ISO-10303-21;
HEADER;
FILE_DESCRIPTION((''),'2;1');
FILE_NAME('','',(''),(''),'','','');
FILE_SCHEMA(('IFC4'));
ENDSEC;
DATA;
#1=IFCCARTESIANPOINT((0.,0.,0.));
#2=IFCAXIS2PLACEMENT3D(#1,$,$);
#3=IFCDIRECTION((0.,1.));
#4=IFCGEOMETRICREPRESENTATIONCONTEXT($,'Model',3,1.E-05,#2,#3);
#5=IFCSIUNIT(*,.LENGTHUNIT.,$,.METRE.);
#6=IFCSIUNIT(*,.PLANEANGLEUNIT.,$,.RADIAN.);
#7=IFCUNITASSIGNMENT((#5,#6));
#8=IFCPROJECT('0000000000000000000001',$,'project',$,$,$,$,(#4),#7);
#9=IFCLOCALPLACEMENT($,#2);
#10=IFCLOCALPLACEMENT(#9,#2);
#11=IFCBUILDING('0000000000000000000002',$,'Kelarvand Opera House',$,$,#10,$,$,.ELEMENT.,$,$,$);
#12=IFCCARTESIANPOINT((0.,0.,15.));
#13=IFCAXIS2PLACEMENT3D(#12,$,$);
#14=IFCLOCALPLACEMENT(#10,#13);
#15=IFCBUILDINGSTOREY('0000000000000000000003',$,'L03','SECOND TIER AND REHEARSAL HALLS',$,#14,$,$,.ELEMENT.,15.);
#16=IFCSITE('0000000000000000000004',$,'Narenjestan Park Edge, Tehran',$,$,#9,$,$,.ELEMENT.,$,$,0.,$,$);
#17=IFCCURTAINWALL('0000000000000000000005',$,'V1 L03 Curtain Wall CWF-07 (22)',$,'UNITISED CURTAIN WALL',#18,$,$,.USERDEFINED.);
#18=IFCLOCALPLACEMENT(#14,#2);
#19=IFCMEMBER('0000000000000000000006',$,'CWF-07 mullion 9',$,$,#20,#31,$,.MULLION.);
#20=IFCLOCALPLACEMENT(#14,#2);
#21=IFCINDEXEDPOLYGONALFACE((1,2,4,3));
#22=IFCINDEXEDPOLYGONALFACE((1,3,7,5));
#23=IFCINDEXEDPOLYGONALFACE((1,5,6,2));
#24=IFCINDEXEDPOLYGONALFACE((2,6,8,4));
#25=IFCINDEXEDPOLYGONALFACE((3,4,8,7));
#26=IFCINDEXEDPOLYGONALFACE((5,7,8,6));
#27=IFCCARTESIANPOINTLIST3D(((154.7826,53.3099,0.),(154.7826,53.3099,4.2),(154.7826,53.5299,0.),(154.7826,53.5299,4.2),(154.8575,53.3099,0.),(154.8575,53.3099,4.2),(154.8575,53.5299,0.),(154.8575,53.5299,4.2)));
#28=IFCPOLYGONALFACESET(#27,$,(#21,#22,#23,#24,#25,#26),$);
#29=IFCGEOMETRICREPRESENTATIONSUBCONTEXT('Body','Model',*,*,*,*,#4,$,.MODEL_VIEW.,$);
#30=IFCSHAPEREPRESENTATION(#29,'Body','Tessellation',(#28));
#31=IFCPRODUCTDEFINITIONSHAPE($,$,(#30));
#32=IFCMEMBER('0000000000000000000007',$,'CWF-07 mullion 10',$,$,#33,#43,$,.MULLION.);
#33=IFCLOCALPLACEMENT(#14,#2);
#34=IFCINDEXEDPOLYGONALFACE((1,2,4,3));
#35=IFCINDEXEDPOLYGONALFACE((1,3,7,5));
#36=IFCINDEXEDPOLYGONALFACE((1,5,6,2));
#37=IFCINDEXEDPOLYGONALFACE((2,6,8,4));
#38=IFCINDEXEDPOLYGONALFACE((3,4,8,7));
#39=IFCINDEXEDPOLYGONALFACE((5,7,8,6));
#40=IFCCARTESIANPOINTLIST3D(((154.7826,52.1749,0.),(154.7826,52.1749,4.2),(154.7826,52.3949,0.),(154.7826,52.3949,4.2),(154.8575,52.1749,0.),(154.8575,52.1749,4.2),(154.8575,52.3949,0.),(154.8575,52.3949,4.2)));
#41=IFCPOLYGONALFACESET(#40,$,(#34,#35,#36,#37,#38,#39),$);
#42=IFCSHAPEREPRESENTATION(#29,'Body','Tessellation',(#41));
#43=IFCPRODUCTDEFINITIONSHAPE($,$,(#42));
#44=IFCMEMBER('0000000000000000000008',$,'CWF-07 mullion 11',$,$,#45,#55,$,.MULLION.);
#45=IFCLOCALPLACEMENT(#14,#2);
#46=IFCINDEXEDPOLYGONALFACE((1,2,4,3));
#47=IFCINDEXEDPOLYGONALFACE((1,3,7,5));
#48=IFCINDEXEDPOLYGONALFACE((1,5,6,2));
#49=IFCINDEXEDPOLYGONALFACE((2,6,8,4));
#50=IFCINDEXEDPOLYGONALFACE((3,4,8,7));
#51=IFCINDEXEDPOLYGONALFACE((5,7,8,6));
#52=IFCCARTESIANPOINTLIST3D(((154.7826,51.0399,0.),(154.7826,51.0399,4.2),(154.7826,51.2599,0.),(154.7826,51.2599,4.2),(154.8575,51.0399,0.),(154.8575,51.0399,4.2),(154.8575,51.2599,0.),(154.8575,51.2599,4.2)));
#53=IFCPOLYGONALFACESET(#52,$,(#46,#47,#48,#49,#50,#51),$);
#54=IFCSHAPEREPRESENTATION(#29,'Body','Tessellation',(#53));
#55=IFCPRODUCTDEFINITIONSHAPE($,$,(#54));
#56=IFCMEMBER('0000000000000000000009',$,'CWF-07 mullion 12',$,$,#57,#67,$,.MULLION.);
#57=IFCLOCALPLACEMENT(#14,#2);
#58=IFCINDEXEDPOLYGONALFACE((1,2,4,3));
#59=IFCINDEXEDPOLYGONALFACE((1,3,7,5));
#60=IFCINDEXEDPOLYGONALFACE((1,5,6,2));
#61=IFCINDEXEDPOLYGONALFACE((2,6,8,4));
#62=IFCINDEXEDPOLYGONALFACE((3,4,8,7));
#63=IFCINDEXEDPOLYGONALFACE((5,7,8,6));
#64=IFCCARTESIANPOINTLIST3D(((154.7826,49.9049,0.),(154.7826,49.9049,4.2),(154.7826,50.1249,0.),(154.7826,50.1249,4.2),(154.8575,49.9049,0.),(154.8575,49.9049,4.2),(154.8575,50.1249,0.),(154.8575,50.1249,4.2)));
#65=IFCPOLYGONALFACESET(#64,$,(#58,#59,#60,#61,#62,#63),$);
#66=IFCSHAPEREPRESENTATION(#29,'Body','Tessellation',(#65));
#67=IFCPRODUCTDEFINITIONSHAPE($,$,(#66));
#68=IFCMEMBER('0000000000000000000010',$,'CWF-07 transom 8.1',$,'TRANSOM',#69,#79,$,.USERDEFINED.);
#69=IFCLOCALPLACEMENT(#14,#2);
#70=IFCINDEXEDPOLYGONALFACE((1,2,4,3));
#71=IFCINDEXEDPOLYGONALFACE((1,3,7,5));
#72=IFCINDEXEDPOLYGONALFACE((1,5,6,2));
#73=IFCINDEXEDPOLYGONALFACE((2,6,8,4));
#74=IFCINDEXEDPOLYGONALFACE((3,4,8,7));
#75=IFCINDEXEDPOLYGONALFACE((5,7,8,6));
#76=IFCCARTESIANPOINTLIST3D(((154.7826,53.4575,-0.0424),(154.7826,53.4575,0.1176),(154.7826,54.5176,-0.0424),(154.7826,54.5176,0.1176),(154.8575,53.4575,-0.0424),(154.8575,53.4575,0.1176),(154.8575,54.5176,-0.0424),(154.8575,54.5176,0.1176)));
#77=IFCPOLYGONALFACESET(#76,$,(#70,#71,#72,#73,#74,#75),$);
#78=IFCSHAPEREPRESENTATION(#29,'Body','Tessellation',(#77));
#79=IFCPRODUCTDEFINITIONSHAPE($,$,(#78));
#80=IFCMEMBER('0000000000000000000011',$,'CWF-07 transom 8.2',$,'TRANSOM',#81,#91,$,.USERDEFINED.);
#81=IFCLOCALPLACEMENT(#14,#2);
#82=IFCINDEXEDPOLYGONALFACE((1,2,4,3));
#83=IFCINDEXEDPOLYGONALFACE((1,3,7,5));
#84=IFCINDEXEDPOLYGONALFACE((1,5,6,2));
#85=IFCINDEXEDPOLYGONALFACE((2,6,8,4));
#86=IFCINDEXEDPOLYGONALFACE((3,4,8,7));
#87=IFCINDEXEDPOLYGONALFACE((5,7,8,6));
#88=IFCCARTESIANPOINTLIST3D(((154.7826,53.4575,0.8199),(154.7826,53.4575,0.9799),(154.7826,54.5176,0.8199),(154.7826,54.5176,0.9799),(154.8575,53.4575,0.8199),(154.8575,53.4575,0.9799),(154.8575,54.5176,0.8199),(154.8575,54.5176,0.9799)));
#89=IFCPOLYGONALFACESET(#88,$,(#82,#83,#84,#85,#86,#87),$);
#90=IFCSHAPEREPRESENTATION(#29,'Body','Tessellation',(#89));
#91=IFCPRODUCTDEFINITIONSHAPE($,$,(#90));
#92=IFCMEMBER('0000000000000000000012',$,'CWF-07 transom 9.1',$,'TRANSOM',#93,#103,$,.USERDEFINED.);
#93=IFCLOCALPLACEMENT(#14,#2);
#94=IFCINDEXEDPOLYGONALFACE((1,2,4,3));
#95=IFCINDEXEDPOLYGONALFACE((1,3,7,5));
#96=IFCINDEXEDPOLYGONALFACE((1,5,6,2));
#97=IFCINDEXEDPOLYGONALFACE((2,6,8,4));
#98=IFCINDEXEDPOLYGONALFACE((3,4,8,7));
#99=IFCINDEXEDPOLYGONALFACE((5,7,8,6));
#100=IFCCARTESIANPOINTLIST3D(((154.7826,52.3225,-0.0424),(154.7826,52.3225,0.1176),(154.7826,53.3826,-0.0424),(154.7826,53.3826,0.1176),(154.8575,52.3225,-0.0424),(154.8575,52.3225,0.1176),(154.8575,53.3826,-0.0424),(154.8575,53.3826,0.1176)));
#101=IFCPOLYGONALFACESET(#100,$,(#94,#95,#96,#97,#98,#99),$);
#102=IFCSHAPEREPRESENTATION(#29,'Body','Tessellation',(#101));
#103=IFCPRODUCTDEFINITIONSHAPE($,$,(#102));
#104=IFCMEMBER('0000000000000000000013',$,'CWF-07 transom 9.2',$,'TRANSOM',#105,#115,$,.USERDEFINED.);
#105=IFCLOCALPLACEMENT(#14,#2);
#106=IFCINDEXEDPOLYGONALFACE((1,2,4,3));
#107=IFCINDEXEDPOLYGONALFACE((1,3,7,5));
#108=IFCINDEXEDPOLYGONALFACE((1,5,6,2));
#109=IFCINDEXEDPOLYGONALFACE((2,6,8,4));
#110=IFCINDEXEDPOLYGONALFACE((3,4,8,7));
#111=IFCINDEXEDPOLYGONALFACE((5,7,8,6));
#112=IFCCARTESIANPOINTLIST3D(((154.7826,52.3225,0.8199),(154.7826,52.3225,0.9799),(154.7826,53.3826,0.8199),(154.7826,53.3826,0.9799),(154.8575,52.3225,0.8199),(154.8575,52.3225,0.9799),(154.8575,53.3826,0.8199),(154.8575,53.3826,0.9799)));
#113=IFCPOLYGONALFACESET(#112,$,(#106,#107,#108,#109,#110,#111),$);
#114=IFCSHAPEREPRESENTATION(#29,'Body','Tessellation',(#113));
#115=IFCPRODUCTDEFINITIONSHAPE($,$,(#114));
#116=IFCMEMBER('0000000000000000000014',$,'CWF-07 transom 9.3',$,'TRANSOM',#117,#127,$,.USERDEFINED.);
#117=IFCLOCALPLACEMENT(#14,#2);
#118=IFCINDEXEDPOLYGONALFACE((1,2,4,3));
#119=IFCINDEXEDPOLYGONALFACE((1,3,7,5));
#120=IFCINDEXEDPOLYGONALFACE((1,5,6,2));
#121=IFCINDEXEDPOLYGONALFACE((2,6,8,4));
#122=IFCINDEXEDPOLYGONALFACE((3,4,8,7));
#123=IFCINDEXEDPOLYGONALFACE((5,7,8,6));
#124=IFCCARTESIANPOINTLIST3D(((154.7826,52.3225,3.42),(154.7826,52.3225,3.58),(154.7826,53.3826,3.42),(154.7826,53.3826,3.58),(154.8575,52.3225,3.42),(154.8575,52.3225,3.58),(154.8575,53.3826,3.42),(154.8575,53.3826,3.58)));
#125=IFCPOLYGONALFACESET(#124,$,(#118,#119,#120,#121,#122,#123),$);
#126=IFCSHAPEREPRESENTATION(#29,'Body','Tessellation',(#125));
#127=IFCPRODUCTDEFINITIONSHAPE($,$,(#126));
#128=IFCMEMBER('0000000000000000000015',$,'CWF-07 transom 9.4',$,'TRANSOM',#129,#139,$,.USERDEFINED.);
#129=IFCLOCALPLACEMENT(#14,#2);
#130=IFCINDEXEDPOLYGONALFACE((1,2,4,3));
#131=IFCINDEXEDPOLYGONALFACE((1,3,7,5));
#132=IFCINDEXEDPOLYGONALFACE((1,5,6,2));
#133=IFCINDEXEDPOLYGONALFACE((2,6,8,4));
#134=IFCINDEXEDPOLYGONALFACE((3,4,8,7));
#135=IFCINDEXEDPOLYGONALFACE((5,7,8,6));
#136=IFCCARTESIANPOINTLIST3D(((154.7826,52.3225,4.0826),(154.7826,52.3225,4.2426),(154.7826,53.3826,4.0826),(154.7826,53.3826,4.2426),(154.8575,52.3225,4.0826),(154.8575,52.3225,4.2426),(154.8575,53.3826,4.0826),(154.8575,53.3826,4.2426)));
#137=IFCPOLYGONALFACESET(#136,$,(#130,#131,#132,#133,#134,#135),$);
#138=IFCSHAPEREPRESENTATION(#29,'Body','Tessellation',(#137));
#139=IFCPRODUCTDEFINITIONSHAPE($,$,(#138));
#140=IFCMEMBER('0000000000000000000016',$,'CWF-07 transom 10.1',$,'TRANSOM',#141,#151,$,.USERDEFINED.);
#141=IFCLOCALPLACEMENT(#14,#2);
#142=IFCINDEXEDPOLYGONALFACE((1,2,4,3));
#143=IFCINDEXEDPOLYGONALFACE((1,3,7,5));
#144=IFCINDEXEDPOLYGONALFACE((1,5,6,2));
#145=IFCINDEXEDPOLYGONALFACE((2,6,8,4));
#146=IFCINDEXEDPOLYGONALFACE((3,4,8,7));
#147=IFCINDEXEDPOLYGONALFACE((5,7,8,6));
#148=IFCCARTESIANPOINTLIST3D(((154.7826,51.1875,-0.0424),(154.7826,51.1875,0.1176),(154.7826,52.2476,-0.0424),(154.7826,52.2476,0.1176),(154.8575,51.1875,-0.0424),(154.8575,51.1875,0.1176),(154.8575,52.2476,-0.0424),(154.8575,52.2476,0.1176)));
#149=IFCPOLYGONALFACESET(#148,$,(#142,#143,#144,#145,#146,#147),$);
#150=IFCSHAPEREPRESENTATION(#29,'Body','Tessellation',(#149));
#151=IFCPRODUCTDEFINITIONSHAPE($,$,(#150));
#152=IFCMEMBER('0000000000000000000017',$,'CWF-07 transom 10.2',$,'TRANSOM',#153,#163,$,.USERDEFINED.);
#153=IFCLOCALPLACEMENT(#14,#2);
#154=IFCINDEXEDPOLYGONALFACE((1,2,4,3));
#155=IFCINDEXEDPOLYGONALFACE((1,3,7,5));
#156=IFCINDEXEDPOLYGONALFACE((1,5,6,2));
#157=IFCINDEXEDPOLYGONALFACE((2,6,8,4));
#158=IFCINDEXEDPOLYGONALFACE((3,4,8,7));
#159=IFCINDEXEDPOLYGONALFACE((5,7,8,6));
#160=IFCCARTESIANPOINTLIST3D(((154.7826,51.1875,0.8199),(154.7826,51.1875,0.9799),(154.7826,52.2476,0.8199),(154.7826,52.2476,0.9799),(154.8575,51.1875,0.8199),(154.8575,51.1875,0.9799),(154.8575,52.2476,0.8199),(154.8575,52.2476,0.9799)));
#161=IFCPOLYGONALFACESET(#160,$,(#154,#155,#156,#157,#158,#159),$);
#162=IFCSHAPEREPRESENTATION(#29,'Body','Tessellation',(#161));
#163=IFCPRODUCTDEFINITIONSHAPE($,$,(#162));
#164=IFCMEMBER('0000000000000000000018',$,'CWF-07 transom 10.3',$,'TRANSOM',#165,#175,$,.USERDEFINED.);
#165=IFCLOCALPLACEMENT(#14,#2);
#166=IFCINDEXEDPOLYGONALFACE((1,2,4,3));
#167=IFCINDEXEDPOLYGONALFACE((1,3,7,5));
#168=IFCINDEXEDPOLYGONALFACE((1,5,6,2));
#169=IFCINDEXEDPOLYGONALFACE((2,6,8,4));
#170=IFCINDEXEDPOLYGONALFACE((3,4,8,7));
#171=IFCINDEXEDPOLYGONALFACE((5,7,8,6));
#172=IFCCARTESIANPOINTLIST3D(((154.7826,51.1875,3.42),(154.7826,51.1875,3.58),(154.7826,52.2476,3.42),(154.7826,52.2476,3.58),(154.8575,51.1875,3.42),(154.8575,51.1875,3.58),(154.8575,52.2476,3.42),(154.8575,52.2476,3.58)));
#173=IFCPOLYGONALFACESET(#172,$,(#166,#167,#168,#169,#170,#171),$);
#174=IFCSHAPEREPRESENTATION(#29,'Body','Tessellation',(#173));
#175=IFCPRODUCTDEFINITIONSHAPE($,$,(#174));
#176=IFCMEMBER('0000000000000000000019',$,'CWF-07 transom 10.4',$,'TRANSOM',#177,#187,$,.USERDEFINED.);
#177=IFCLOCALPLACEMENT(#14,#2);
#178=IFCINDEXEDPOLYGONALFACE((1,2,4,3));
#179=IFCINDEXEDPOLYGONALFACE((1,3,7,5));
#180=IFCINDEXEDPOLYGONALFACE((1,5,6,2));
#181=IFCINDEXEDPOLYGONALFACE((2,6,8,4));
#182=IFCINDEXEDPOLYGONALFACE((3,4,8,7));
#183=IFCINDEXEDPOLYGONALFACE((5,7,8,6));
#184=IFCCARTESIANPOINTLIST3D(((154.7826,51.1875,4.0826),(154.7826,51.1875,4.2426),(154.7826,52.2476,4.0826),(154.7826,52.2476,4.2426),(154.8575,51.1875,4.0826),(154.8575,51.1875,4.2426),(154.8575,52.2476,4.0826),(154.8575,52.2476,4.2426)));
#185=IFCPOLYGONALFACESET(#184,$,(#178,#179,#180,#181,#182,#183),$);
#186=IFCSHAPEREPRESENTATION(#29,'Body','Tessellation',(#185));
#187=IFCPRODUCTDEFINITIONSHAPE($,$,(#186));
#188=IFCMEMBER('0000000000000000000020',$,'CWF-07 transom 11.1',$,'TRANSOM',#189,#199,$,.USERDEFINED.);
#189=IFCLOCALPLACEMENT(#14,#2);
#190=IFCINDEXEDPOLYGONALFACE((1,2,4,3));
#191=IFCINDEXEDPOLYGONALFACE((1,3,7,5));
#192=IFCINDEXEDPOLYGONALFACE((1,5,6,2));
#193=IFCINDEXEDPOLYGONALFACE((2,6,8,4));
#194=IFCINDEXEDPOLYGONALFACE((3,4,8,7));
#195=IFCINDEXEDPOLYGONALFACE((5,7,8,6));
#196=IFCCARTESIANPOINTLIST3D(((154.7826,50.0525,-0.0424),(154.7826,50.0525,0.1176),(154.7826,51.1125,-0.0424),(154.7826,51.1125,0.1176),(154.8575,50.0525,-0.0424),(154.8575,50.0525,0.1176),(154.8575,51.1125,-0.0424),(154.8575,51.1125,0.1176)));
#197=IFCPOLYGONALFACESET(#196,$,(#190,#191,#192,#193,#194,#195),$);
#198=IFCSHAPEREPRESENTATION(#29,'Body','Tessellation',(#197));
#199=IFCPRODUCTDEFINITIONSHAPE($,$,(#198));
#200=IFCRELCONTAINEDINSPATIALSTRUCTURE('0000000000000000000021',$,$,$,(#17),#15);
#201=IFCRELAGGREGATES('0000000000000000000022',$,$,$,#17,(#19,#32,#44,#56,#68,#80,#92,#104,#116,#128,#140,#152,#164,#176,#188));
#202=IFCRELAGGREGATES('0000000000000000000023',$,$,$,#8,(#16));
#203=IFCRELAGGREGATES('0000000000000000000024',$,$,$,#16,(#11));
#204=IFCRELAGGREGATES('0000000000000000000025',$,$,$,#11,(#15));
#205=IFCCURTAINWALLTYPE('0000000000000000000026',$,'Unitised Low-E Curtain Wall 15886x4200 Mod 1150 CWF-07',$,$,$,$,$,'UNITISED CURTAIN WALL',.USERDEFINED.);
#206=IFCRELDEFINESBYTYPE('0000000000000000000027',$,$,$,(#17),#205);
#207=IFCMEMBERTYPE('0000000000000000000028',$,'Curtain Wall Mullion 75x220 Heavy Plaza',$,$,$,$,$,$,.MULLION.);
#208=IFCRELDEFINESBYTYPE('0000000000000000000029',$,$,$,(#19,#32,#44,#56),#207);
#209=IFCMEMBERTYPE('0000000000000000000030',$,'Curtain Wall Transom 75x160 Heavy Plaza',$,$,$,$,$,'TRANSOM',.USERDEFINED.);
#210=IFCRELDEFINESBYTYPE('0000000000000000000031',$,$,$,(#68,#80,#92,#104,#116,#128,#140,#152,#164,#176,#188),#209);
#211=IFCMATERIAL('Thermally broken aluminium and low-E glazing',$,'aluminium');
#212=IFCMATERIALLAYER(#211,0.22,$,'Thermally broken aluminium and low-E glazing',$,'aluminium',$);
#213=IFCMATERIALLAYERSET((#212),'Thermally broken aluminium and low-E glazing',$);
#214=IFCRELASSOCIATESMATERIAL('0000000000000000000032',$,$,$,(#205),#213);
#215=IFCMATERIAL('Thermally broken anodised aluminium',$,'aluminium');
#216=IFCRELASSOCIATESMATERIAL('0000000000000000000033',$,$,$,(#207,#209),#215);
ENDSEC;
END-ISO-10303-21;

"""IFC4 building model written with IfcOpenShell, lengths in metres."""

from ifc_helpers import new_model, si_unit, direction, frame, origin, origin_2d, place, context, subcontext, project, spatial, rectangle, extrude, material, layer, layer_set, material_profile, profile_set, type_object, element, aggregate, save


model = new_model("IFC4")

# Units and contexts
model_context = context("Model", 3, precision=1e-05, world=origin(), true_north=direction((0.0, 1.0)))
body_context = subcontext(model_context, "Body", "Model", "MODEL_VIEW")
ifc_project = project(units=[si_unit("LENGTHUNIT", "METRE"), si_unit("PLANEANGLEUNIT", "RADIAN")], contexts=[model_context])

# Site, building, storey
site_placement = place(None, origin())
site = spatial("IfcSite", under=ifc_project, at=site_placement, Name="Narenjestan Park Edge, Tehran", CompositionType="ELEMENT", RefElevation=0.0)
building_placement = place(site_placement, origin())
building = spatial("IfcBuilding", under=site, at=building_placement, Name="Kelarvand Opera House", CompositionType="ELEMENT")
storey_placement = place(building_placement, frame((0.0, 0.0, 15.0)))
storey = spatial("IfcBuildingStorey", under=building, at=storey_placement, Name="L03", Description="SECOND TIER AND REHEARSAL HALLS", CompositionType="ELEMENT", Elevation=15.0)

# Curtain wall, members
ifc_material_1 = material(Name="Thermally broken aluminium and low-E glazing", Category="aluminium")
ifc_layer_1 = layer(ifc_material_1, 0.22, Name="Thermally broken aluminium and low-E glazing", Category="aluminium")
ifc_layer_set_1 = layer_set([ifc_layer_1], Name="Thermally broken aluminium and low-E glazing")
curtain_wall_type = type_object("IfcCurtainWallType", Name="Unitised Low-E Curtain Wall 15886x4200 Mod 1150 CWF-07", ElementType="UNITISED CURTAIN WALL", PredefinedType="USERDEFINED", material=ifc_layer_set_1)
curtain_wall_placement = place(storey_placement, origin())
curtain_wall = element("IfcCurtainWall", 1, at=curtain_wall_placement, inside=storey, type_object=curtain_wall_type, Name="V1 L03 Curtain Wall CWF-07 (22)", ObjectType="UNITISED CURTAIN WALL", PredefinedType="USERDEFINED")
ifc_material_2 = material(Name="Thermally broken anodised aluminium", Category="aluminium")
ifc_material_profile_1 = material_profile(ifc_material_2, rectangle(XDim=0.075, YDim=0.22, at=origin_2d()), Name="ALU MULLION 75x220", Category="aluminium")
ifc_profile_set_1 = profile_set([ifc_material_profile_1], Name="Thermally broken anodised aluminium")
member_type_1 = type_object("IfcMemberType", Name="Curtain Wall Mullion 75x220 Heavy Plaza", PredefinedType="MULLION", material=ifc_profile_set_1)
member_1_placement = place(storey_placement, frame((154.8201, 53.4199, 0.0), z_axis=(0.0, 0.0, 1.0), x_axis=(1.0, 0.0, 0.0)))
member_1 = element("IfcMember", 2, at=member_1_placement, type_object=member_type_1, Name="CWF-07 mullion 9", PredefinedType="MULLION", context=body_context, shape_type="SweptSolid", body=[
    extrude(rectangle(XDim=0.075, YDim=0.22, at=origin_2d()), origin(), (0.0, 0.0, 1.0), 4.2),
])
member_2_placement = place(storey_placement, frame((154.8201, 52.2849, 0.0), z_axis=(0.0, 0.0, 1.0), x_axis=(1.0, 0.0, 0.0)))
member_2 = element("IfcMember", 3, at=member_2_placement, type_object=member_type_1, Name="CWF-07 mullion 10", PredefinedType="MULLION", context=body_context, shape_type="SweptSolid", body=[
    extrude(rectangle(XDim=0.075, YDim=0.22, at=origin_2d()), origin(), (0.0, 0.0, 1.0), 4.2),
])
member_3_placement = place(storey_placement, frame((154.8201, 51.1499, 0.0), z_axis=(0.0, 0.0, 1.0), x_axis=(1.0, 0.0, 0.0)))
member_3 = element("IfcMember", 4, at=member_3_placement, type_object=member_type_1, Name="CWF-07 mullion 11", PredefinedType="MULLION", context=body_context, shape_type="SweptSolid", body=[
    extrude(rectangle(XDim=0.075, YDim=0.22, at=origin_2d()), origin(), (0.0, 0.0, 1.0), 4.2),
])
member_4_placement = place(storey_placement, frame((154.8201, 50.0149, 0.0), z_axis=(0.0, 0.0, 1.0), x_axis=(1.0, 0.0, 0.0)))
member_4 = element("IfcMember", 5, at=member_4_placement, type_object=member_type_1, Name="CWF-07 mullion 12", PredefinedType="MULLION", context=body_context, shape_type="SweptSolid", body=[
    extrude(rectangle(XDim=0.075, YDim=0.22, at=origin_2d()), origin(), (0.0, 0.0, 1.0), 4.2),
])
ifc_material_profile_2 = material_profile(ifc_material_2, rectangle(XDim=0.075, YDim=0.1599, at=origin_2d()), Name="ALU TRANSOM 75x160", Category="aluminium")
ifc_profile_set_2 = profile_set([ifc_material_profile_2], Name="Thermally broken anodised aluminium")
member_type_2 = type_object("IfcMemberType", Name="Curtain Wall Transom 75x160 Heavy Plaza", ElementType="TRANSOM", PredefinedType="USERDEFINED", material=ifc_profile_set_2)
member_5_placement = place(storey_placement, frame((154.8201, 54.5176, 0.0376), z_axis=(0.0, -1.0, 0.0), x_axis=(1.0, 0.0, 0.0)))
member_5 = element("IfcMember", 6, at=member_5_placement, type_object=member_type_2, Name="CWF-07 transom 8.1", ObjectType="TRANSOM", PredefinedType="USERDEFINED", context=body_context, shape_type="SweptSolid", body=[
    extrude(rectangle(XDim=0.075, YDim=0.1599, at=origin_2d()), origin(), (0.0, 0.0, 1.0), 1.0601),
])
member_6_placement = place(storey_placement, frame((154.8201, 54.5176, 0.8999), z_axis=(0.0, -1.0, 0.0), x_axis=(1.0, 0.0, 0.0)))
member_6 = element("IfcMember", 7, at=member_6_placement, type_object=member_type_2, Name="CWF-07 transom 8.2", ObjectType="TRANSOM", PredefinedType="USERDEFINED", context=body_context, shape_type="SweptSolid", body=[
    extrude(rectangle(XDim=0.075, YDim=0.1599, at=origin_2d()), origin(), (0.0, 0.0, 1.0), 1.0601),
])
member_7_placement = place(storey_placement, frame((154.8201, 53.3826, 0.0376), z_axis=(0.0, -1.0, 0.0), x_axis=(1.0, 0.0, 0.0)))
member_7 = element("IfcMember", 8, at=member_7_placement, type_object=member_type_2, Name="CWF-07 transom 9.1", ObjectType="TRANSOM", PredefinedType="USERDEFINED", context=body_context, shape_type="SweptSolid", body=[
    extrude(rectangle(XDim=0.075, YDim=0.1599, at=origin_2d()), origin(), (0.0, 0.0, 1.0), 1.0601),
])
member_8_placement = place(storey_placement, frame((154.8201, 53.3826, 0.8999), z_axis=(0.0, -1.0, 0.0), x_axis=(1.0, 0.0, 0.0)))
member_8 = element("IfcMember", 9, at=member_8_placement, type_object=member_type_2, Name="CWF-07 transom 9.2", ObjectType="TRANSOM", PredefinedType="USERDEFINED", context=body_context, shape_type="SweptSolid", body=[
    extrude(rectangle(XDim=0.075, YDim=0.1599, at=origin_2d()), origin(), (0.0, 0.0, 1.0), 1.0601),
])
member_9_placement = place(storey_placement, frame((154.8201, 53.3826, 3.5), z_axis=(0.0, -1.0, 0.0), x_axis=(1.0, 0.0, 0.0)))
member_9 = element("IfcMember", 10, at=member_9_placement, type_object=member_type_2, Name="CWF-07 transom 9.3", ObjectType="TRANSOM", PredefinedType="USERDEFINED", context=body_context, shape_type="SweptSolid", body=[
    extrude(rectangle(XDim=0.075, YDim=0.1599, at=origin_2d()), origin(), (0.0, 0.0, 1.0), 1.0601),
])
member_10_placement = place(storey_placement, frame((154.8201, 53.3826, 4.1626), z_axis=(0.0, -1.0, 0.0), x_axis=(1.0, 0.0, 0.0)))
member_10 = element("IfcMember", 11, at=member_10_placement, type_object=member_type_2, Name="CWF-07 transom 9.4", ObjectType="TRANSOM", PredefinedType="USERDEFINED", context=body_context, shape_type="SweptSolid", body=[
    extrude(rectangle(XDim=0.075, YDim=0.1599, at=origin_2d()), origin(), (0.0, 0.0, 1.0), 1.0601),
])
member_11_placement = place(storey_placement, frame((154.8201, 52.2476, 0.0376), z_axis=(0.0, -1.0, 0.0), x_axis=(1.0, 0.0, 0.0)))
member_11 = element("IfcMember", 12, at=member_11_placement, type_object=member_type_2, Name="CWF-07 transom 10.1", ObjectType="TRANSOM", PredefinedType="USERDEFINED", context=body_context, shape_type="SweptSolid", body=[
    extrude(rectangle(XDim=0.075, YDim=0.1599, at=origin_2d()), origin(), (0.0, 0.0, 1.0), 1.0601),
])
member_12_placement = place(storey_placement, frame((154.8201, 52.2476, 0.8999), z_axis=(0.0, -1.0, 0.0), x_axis=(1.0, 0.0, 0.0)))
member_12 = element("IfcMember", 13, at=member_12_placement, type_object=member_type_2, Name="CWF-07 transom 10.2", ObjectType="TRANSOM", PredefinedType="USERDEFINED", context=body_context, shape_type="SweptSolid", body=[
    extrude(rectangle(XDim=0.075, YDim=0.1599, at=origin_2d()), origin(), (0.0, 0.0, 1.0), 1.0601),
])
member_13_placement = place(storey_placement, frame((154.8201, 52.2476, 3.5), z_axis=(0.0, -1.0, 0.0), x_axis=(1.0, 0.0, 0.0)))
member_13 = element("IfcMember", 14, at=member_13_placement, type_object=member_type_2, Name="CWF-07 transom 10.3", ObjectType="TRANSOM", PredefinedType="USERDEFINED", context=body_context, shape_type="SweptSolid", body=[
    extrude(rectangle(XDim=0.075, YDim=0.1599, at=origin_2d()), origin(), (0.0, 0.0, 1.0), 1.0601),
])
member_14_placement = place(storey_placement, frame((154.8201, 52.2476, 4.1626), z_axis=(0.0, -1.0, 0.0), x_axis=(1.0, 0.0, 0.0)))
member_14 = element("IfcMember", 15, at=member_14_placement, type_object=member_type_2, Name="CWF-07 transom 10.4", ObjectType="TRANSOM", PredefinedType="USERDEFINED", context=body_context, shape_type="SweptSolid", body=[
    extrude(rectangle(XDim=0.075, YDim=0.1599, at=origin_2d()), origin(), (0.0, 0.0, 1.0), 1.0601),
])
member_15_placement = place(storey_placement, frame((154.8201, 51.1125, 0.0376), z_axis=(0.0, -1.0, 0.0), x_axis=(1.0, 0.0, 0.0)))
member_15 = element("IfcMember", 16, at=member_15_placement, type_object=member_type_2, Name="CWF-07 transom 11.1", ObjectType="TRANSOM", PredefinedType="USERDEFINED", context=body_context, shape_type="SweptSolid", body=[
    extrude(rectangle(XDim=0.075, YDim=0.1599, at=origin_2d()), origin(), (0.0, 0.0, 1.0), 1.0601),
])

aggregate(curtain_wall, [member_1, member_2, member_3, member_4, member_5, member_6, member_7, member_8, member_9, member_10, member_11, member_12, member_13, member_14, member_15])

save(model, "model.ifc")
